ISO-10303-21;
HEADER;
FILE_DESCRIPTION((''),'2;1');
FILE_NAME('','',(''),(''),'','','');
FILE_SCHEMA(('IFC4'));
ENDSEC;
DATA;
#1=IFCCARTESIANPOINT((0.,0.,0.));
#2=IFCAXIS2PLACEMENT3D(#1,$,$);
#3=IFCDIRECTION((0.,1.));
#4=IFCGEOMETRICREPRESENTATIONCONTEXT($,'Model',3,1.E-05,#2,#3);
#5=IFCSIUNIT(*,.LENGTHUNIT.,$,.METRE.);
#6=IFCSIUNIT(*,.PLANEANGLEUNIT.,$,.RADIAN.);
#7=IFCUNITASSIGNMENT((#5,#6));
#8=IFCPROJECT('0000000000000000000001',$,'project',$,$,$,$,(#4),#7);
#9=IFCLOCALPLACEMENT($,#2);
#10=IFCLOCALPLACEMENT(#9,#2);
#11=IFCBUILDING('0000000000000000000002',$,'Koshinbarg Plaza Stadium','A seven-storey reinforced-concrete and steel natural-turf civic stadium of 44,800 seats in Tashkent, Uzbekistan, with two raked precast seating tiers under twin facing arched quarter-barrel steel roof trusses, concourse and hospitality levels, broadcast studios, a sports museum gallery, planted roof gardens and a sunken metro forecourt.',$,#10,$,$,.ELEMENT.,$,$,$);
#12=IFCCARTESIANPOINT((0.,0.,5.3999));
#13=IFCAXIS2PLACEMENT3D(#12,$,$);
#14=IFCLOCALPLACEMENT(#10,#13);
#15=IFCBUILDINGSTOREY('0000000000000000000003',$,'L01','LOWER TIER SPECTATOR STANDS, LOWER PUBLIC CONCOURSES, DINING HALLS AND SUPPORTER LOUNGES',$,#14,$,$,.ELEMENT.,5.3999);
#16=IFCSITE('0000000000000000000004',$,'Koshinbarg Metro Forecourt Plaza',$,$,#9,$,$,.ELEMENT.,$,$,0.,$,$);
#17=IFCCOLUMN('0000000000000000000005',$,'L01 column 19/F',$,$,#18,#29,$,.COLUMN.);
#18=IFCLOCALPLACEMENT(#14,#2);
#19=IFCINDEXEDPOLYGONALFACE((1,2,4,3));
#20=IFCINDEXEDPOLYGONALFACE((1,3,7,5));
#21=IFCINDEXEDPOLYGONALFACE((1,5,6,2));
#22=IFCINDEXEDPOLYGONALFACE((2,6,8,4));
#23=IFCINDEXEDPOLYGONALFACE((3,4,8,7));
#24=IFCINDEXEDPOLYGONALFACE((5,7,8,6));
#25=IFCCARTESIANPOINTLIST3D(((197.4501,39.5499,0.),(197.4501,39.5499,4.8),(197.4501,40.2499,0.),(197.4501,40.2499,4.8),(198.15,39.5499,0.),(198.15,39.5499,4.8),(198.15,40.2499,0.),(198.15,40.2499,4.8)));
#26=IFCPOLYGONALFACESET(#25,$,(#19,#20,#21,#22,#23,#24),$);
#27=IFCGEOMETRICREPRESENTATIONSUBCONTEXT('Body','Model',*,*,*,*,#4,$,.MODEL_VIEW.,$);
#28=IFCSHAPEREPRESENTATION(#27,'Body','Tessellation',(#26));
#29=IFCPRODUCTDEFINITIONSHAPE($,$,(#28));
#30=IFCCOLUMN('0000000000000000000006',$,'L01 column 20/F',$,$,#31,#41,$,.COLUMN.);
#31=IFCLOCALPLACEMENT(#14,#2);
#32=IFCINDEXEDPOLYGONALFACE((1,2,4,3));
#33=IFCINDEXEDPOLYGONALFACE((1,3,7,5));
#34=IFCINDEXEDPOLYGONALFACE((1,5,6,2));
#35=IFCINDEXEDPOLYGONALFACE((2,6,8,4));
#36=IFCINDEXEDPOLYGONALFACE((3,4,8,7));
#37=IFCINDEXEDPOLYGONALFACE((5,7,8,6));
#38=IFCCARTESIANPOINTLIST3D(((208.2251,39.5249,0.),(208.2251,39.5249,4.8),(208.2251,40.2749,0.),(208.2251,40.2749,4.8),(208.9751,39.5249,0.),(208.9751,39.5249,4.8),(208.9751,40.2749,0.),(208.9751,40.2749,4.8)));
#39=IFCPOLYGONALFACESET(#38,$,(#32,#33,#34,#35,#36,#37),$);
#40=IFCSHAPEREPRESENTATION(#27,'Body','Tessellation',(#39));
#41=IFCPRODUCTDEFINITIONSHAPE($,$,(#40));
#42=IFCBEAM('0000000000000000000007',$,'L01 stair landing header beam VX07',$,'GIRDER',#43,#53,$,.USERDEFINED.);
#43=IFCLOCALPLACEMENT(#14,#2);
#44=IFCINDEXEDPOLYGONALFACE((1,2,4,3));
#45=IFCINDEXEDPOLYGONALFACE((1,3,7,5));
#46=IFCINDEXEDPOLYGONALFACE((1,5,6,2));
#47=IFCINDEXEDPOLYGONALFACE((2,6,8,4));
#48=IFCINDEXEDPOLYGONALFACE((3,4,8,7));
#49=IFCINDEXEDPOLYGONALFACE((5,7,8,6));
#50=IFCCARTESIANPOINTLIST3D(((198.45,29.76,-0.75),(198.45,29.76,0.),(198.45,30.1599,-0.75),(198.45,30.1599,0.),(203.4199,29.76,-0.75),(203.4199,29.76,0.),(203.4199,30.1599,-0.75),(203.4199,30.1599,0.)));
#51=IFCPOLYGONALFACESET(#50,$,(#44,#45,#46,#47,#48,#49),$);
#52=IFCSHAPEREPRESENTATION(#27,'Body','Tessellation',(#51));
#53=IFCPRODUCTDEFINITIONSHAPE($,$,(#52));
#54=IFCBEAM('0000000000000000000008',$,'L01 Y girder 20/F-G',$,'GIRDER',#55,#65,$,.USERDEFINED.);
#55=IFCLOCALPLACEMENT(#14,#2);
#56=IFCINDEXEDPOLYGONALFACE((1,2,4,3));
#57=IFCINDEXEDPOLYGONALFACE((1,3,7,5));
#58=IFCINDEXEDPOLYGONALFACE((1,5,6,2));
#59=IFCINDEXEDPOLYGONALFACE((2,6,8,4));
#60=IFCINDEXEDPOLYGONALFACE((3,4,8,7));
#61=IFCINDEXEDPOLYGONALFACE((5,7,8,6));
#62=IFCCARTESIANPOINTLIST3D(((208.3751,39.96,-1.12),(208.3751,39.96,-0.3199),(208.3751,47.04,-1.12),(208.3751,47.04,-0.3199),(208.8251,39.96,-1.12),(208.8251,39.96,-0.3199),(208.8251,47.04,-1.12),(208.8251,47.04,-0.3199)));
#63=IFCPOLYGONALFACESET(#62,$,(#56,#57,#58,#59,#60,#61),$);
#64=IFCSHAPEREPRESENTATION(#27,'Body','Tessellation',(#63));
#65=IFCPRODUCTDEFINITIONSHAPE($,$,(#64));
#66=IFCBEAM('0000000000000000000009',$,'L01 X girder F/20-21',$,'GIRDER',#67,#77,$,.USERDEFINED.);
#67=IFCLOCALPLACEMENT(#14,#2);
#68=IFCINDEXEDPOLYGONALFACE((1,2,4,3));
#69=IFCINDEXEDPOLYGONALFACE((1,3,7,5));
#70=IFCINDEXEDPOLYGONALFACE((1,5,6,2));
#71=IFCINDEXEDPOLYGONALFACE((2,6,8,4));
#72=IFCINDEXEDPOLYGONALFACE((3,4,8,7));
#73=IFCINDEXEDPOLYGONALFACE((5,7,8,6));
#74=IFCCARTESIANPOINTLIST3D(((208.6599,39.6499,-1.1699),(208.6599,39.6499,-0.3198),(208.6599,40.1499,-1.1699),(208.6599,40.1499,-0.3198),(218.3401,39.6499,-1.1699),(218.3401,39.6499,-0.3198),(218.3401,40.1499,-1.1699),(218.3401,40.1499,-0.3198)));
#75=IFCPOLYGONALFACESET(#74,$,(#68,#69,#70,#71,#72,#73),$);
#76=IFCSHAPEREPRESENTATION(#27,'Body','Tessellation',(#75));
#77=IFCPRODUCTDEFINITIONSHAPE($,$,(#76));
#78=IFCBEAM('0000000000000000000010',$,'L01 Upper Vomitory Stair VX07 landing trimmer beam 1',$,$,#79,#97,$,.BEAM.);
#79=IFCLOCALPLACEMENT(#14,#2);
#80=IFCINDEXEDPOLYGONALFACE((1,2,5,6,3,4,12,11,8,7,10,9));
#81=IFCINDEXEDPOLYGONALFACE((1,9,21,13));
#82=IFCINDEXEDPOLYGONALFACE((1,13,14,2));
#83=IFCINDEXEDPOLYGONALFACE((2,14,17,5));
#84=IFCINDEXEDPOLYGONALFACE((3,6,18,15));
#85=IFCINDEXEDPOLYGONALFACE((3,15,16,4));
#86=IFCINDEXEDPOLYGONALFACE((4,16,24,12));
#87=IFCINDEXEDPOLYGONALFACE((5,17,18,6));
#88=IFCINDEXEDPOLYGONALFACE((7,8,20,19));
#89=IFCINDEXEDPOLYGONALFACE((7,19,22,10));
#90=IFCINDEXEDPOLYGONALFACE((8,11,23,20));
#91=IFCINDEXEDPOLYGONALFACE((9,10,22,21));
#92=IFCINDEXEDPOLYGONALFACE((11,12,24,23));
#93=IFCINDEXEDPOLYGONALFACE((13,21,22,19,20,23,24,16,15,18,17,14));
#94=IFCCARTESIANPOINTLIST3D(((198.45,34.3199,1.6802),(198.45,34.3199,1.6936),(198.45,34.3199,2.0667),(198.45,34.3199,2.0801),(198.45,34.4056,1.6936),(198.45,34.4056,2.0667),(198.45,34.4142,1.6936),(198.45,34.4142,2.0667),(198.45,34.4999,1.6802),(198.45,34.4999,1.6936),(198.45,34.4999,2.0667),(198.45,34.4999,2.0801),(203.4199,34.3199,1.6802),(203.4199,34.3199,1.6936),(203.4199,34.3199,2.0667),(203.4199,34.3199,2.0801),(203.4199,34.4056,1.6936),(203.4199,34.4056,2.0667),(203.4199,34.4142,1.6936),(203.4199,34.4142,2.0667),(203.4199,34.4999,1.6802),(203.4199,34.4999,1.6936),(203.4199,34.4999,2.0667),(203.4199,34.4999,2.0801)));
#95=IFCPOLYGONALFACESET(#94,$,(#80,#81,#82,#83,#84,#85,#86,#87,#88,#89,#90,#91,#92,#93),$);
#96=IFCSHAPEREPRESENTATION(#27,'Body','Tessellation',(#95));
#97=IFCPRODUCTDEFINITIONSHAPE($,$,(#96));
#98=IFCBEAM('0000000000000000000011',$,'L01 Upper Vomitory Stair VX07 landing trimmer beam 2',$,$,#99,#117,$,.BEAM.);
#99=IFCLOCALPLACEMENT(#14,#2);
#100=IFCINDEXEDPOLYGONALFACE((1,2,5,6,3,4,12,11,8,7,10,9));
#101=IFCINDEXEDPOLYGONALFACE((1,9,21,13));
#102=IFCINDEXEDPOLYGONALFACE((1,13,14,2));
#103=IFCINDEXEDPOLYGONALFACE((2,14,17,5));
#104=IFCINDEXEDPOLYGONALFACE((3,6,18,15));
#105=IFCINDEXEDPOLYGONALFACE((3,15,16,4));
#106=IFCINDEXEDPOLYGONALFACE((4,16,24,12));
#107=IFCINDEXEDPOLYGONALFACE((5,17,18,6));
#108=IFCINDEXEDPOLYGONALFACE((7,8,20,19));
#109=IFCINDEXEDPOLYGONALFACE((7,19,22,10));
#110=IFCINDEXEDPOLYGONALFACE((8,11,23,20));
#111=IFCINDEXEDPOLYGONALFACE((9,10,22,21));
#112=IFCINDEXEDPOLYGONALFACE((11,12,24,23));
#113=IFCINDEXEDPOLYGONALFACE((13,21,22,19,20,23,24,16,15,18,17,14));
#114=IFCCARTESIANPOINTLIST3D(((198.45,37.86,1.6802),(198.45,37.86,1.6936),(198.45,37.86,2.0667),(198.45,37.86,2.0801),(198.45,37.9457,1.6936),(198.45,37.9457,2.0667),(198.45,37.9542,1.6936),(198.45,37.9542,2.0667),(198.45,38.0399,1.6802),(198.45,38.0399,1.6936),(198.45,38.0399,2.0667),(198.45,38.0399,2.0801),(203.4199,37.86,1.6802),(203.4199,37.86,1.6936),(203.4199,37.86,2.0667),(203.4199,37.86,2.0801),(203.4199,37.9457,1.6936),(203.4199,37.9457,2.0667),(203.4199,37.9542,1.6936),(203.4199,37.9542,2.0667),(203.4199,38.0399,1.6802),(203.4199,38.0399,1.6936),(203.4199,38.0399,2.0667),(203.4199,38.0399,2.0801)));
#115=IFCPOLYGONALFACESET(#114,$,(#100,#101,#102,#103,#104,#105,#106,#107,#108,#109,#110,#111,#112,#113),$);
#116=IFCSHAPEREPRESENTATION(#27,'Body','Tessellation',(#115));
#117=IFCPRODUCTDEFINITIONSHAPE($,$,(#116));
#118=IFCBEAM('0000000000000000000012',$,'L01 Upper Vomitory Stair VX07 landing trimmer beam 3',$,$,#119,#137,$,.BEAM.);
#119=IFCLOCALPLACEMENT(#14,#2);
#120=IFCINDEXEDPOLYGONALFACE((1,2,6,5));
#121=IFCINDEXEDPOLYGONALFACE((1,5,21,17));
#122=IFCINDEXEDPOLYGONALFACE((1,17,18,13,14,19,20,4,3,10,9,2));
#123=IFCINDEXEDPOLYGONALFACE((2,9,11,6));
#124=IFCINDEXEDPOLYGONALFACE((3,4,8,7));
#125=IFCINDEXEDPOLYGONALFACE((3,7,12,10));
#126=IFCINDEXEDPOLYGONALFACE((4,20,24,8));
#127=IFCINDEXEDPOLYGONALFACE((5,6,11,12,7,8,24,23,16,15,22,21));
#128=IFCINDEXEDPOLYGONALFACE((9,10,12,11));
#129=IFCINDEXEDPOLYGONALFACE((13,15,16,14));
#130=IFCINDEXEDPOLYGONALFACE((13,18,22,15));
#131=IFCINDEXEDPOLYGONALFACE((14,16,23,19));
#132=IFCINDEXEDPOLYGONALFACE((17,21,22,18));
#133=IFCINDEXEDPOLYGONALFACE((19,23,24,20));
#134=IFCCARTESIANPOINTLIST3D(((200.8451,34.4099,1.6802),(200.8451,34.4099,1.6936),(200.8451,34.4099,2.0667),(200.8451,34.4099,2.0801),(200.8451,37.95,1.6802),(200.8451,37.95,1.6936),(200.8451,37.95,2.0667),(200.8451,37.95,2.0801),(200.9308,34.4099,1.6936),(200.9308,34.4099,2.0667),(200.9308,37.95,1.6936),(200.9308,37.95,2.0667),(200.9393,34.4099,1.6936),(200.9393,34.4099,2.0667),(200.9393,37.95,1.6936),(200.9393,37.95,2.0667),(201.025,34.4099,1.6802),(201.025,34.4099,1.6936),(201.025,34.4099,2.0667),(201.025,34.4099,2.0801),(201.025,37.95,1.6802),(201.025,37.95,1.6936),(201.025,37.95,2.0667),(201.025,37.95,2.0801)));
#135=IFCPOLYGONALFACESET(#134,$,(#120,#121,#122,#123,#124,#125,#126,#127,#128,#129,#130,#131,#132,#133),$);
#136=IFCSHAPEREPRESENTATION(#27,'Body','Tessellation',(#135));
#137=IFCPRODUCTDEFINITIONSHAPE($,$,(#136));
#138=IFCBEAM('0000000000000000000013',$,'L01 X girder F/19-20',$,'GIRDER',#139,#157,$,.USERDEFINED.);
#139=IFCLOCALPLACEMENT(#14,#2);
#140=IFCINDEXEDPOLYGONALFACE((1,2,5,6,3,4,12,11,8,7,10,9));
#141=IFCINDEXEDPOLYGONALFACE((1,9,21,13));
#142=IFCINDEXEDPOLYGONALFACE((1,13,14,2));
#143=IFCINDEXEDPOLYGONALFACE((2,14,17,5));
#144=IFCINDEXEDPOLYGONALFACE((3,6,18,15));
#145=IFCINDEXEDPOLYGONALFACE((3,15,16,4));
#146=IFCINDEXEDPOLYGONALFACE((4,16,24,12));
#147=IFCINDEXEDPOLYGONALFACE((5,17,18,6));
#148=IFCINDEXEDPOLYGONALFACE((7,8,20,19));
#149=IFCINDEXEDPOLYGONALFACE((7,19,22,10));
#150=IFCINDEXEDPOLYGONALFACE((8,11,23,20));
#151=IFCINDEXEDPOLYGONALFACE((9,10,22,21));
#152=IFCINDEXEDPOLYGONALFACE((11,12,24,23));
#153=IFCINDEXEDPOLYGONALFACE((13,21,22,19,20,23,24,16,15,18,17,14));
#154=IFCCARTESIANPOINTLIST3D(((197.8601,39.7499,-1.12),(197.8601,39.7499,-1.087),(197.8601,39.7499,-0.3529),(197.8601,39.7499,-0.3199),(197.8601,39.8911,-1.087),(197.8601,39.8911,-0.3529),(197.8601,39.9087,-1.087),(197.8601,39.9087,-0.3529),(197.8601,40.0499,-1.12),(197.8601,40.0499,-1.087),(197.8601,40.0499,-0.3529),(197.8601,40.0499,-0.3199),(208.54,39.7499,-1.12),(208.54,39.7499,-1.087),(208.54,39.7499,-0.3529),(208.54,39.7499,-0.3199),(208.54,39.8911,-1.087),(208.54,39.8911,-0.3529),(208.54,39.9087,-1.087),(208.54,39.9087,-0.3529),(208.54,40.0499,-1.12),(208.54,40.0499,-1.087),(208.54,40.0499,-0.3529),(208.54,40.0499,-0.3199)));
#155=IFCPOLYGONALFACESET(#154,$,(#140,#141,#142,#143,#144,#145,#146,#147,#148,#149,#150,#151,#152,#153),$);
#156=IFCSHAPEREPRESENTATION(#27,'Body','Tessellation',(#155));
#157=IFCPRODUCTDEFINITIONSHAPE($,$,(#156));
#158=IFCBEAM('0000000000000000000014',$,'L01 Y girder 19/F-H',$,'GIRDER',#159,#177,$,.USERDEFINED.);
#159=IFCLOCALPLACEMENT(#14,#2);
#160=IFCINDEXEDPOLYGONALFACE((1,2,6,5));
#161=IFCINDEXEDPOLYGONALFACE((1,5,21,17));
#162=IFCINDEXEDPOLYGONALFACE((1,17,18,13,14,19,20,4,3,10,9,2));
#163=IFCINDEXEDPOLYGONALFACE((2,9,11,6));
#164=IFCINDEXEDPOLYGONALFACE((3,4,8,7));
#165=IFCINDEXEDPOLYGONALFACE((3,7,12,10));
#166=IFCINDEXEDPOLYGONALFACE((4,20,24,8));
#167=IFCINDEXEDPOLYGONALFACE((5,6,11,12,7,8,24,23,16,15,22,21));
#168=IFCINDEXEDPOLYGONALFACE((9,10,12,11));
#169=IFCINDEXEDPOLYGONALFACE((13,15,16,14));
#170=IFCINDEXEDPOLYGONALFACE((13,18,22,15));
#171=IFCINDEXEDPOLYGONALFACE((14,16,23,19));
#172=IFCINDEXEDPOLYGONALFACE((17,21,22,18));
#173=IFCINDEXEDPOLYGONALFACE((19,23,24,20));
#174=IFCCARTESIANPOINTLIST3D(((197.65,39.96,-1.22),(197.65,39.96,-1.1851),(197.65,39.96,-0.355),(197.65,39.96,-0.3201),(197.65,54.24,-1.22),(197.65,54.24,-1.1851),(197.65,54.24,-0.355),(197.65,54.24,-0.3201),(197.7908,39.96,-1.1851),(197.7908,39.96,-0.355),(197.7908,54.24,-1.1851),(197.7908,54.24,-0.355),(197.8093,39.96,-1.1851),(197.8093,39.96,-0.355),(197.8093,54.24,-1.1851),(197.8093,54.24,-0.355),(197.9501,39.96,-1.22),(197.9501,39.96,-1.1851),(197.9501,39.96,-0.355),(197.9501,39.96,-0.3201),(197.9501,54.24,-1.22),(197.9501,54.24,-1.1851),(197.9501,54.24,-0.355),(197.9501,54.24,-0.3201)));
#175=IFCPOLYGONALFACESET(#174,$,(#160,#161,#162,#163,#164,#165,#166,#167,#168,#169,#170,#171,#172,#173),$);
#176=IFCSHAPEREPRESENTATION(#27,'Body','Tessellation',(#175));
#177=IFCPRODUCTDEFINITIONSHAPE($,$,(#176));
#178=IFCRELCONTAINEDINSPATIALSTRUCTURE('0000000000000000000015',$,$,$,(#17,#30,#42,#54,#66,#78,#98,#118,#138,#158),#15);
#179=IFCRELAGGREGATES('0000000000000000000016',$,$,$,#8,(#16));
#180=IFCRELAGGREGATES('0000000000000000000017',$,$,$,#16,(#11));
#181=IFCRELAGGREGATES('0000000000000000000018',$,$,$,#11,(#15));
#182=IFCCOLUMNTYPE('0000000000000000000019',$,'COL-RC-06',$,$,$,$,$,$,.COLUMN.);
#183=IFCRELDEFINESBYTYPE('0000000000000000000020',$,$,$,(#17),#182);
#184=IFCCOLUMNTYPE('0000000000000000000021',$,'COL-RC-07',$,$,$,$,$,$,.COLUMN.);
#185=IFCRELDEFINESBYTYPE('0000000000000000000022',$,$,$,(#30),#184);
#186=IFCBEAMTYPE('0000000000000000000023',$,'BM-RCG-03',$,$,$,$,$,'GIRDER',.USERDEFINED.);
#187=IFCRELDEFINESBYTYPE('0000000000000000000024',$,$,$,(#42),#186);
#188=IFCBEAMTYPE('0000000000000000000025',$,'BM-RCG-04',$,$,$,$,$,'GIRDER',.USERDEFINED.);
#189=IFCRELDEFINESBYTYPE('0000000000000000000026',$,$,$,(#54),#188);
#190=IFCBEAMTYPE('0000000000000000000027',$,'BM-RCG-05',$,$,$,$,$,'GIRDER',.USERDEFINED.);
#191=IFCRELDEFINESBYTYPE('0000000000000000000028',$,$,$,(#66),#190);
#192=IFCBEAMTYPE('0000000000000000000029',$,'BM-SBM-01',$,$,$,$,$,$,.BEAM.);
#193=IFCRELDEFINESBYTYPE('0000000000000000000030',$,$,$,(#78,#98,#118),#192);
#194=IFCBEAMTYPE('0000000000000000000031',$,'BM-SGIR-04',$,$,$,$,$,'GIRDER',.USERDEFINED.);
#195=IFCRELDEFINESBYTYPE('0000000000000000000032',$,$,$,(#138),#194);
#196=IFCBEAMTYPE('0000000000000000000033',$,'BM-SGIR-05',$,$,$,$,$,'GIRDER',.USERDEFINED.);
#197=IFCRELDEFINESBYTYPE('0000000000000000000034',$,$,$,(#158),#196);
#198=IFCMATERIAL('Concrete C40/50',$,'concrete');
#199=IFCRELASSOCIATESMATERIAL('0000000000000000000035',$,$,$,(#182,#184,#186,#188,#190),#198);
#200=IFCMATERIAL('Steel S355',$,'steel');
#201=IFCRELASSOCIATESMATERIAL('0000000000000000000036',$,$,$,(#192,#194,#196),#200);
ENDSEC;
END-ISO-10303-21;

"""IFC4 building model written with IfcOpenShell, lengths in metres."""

from ifc_helpers import new_model, si_unit, direction, frame, origin, origin_2d, place, context, subcontext, project, spatial, rectangle, i_section, extrude, material, material_profile, profile_set, type_object, element, save


model = new_model("IFC4")

# Units and contexts
model_context = context("Model", 3, precision=1e-05, world=origin(), true_north=direction((0.0, 1.0)))
body_context = subcontext(model_context, "Body", "Model", "MODEL_VIEW")
ifc_project = project(units=[si_unit("LENGTHUNIT", "METRE"), si_unit("PLANEANGLEUNIT", "RADIAN")], contexts=[model_context])

# Site, building, storey
site_placement = place(None, origin())
site = spatial("IfcSite", under=ifc_project, at=site_placement, Name="Koshinbarg Metro Forecourt Plaza", CompositionType="ELEMENT", RefElevation=0.0)
building_placement = place(site_placement, origin())
building = spatial("IfcBuilding", under=site, at=building_placement, Name="Koshinbarg Plaza Stadium", Description="A seven-storey reinforced-concrete and steel natural-turf civic stadium of 44,800 seats in Tashkent, Uzbekistan, with two raked precast seating tiers under twin facing arched quarter-barrel steel roof trusses, concourse and hospitality levels, broadcast studios, a sports museum gallery, planted roof gardens and a sunken metro forecourt.", CompositionType="ELEMENT")
storey_placement = place(building_placement, frame((0.0, 0.0, 5.3999)))
storey = spatial("IfcBuildingStorey", under=building, at=storey_placement, Name="L01", Description="LOWER TIER SPECTATOR STANDS, LOWER PUBLIC CONCOURSES, DINING HALLS AND SUPPORTER LOUNGES", CompositionType="ELEMENT", Elevation=5.3999)

# Columns
ifc_material_1 = material(Name="Concrete C40/50", Category="concrete")
ifc_material_profile_1 = material_profile(ifc_material_1, rectangle(XDim=0.7, YDim=0.7, at=origin_2d()), Name="RC 700x700")
ifc_profile_set_1 = profile_set([ifc_material_profile_1], Name="Concrete C40/50")
column_type_1 = type_object("IfcColumnType", Name="COL-RC-06", PredefinedType="COLUMN", material=ifc_profile_set_1)
column_1_placement = place(storey_placement, frame((197.8, 39.8999, 0.0), z_axis=(0.0, 0.0, 1.0), x_axis=(1.0, 0.0, 0.0)))
element("IfcColumn", 1, at=column_1_placement, inside=storey, type_object=column_type_1, Name="L01 column 19/F", PredefinedType="COLUMN", context=body_context, shape_type="SweptSolid", body=[
    extrude(rectangle(XDim=0.7, YDim=0.7, at=origin_2d()), origin(), (0.0, 0.0, 1.0), 4.8),
])
ifc_material_profile_2 = material_profile(ifc_material_1, rectangle(XDim=0.75, YDim=0.75, at=origin_2d()), Name="RC 750x750")
ifc_profile_set_2 = profile_set([ifc_material_profile_2], Name="Concrete C40/50")
column_type_2 = type_object("IfcColumnType", Name="COL-RC-07", PredefinedType="COLUMN", material=ifc_profile_set_2)
column_2_placement = place(storey_placement, frame((208.6001, 39.8999, 0.0), z_axis=(0.0, 0.0, 1.0), x_axis=(1.0, 0.0, 0.0)))
element("IfcColumn", 2, at=column_2_placement, inside=storey, type_object=column_type_2, Name="L01 column 20/F", PredefinedType="COLUMN", context=body_context, shape_type="SweptSolid", body=[
    extrude(rectangle(XDim=0.75, YDim=0.75, at=origin_2d()), origin(), (0.0, 0.0, 1.0), 4.8),
])

# Beams
ifc_material_profile_3 = material_profile(ifc_material_1, rectangle(XDim=0.3999, YDim=0.75, at=origin_2d()), Name="RC 400x750")
ifc_profile_set_3 = profile_set([ifc_material_profile_3], Name="Concrete C40/50")
beam_type_1 = type_object("IfcBeamType", Name="BM-RCG-03", ElementType="GIRDER", PredefinedType="USERDEFINED", material=ifc_profile_set_3)
beam_1_placement = place(storey_placement, frame((198.45, 29.96, -0.375), z_axis=(1.0, 0.0, 0.0), x_axis=(0.0, 1.0, 0.0)))
element("IfcBeam", 3, at=beam_1_placement, inside=storey, type_object=beam_type_1, Name="L01 stair landing header beam VX07", ObjectType="GIRDER", PredefinedType="USERDEFINED", context=body_context, shape_type="SweptSolid", body=[
    extrude(rectangle(XDim=0.3999, YDim=0.75, at=origin_2d()), origin(), (0.0, 0.0, 1.0), 4.97),
])
ifc_material_profile_4 = material_profile(ifc_material_1, rectangle(XDim=0.45, YDim=0.8, at=origin_2d()), Name="RC 450x800")
ifc_profile_set_4 = profile_set([ifc_material_profile_4], Name="Concrete C40/50")
beam_type_2 = type_object("IfcBeamType", Name="BM-RCG-04", ElementType="GIRDER", PredefinedType="USERDEFINED", material=ifc_profile_set_4)
beam_2_placement = place(storey_placement, frame((208.6001, 39.96, -0.72), z_axis=(0.0, 1.0, 0.0), x_axis=(-1.0, 0.0, 0.0)))
element("IfcBeam", 4, at=beam_2_placement, inside=storey, type_object=beam_type_2, Name="L01 Y girder 20/F-G", ObjectType="GIRDER", PredefinedType="USERDEFINED", context=body_context, shape_type="SweptSolid", body=[
    extrude(rectangle(XDim=0.45, YDim=0.8, at=origin_2d()), origin(), (0.0, 0.0, 1.0), 7.0801),
])
ifc_material_profile_5 = material_profile(ifc_material_1, rectangle(XDim=0.5, YDim=0.8501, at=origin_2d()), Name="RC 500x850")
ifc_profile_set_5 = profile_set([ifc_material_profile_5], Name="Concrete C40/50")
beam_type_3 = type_object("IfcBeamType", Name="BM-RCG-05", ElementType="GIRDER", PredefinedType="USERDEFINED", material=ifc_profile_set_5)
beam_3_placement = place(storey_placement, frame((208.6599, 39.8999, -0.7449), z_axis=(1.0, 0.0, 0.0), x_axis=(0.0, 1.0, 0.0)))
element("IfcBeam", 5, at=beam_3_placement, inside=storey, type_object=beam_type_3, Name="L01 X girder F/20-21", ObjectType="GIRDER", PredefinedType="USERDEFINED", context=body_context, shape_type="SweptSolid", body=[
    extrude(rectangle(XDim=0.5, YDim=0.8501, at=origin_2d()), origin(), (0.0, 0.0, 1.0), 9.6802),
])
ifc_material_2 = material(Name="Steel S355", Category="steel")
ifc_material_profile_6 = material_profile(ifc_material_2, i_section(OverallWidth=0.1799, OverallDepth=0.3999, WebThickness=0.0085, FlangeThickness=0.0134, at=origin_2d()), Name="IPE 400")
ifc_profile_set_6 = profile_set([ifc_material_profile_6], Name="Steel S355")
beam_type_4 = type_object("IfcBeamType", Name="BM-SBM-01", PredefinedType="BEAM", material=ifc_profile_set_6)
for number, where, z_axis, x_axis, name in (
    (6, (198.45, 34.4099, 1.8801), (1.0, 0.0, 0.0), (0.0, 1.0, 0.0), "L01 Upper Vomitory Stair VX07 landing trimmer beam 1"),
    (7, (198.45, 37.95, 1.8801), (1.0, 0.0, 0.0), (0.0, 1.0, 0.0), "L01 Upper Vomitory Stair VX07 landing trimmer beam 2"),
):
    element("IfcBeam", number, at=place(storey_placement, frame(where, z_axis=z_axis, x_axis=x_axis)), inside=storey, type_object=beam_type_4, Name=name, PredefinedType="BEAM", context=body_context, shape_type="SweptSolid", body=[
        extrude(i_section(OverallWidth=0.1799, OverallDepth=0.3999, WebThickness=0.0085, FlangeThickness=0.0134, at=origin_2d()), origin(), (0.0, 0.0, 1.0), 4.97),
    ])
beam_4_placement = place(storey_placement, frame((200.9351, 34.4099, 1.8801), z_axis=(0.0, 1.0, 0.0), x_axis=(-1.0, 0.0, 0.0)))
element("IfcBeam", 8, at=beam_4_placement, inside=storey, type_object=beam_type_4, Name="L01 Upper Vomitory Stair VX07 landing trimmer beam 3", PredefinedType="BEAM", context=body_context, shape_type="SweptSolid", body=[
    extrude(i_section(OverallWidth=0.1799, OverallDepth=0.3999, WebThickness=0.0085, FlangeThickness=0.0134, at=origin_2d()), origin(), (0.0, 0.0, 1.0), 3.54),
])
ifc_material_profile_7 = material_profile(ifc_material_2, i_section(OverallWidth=0.3, OverallDepth=0.8, WebThickness=0.0176, FlangeThickness=0.033, at=origin_2d()), Name="HEB 800")
ifc_profile_set_7 = profile_set([ifc_material_profile_7], Name="Steel S355")
beam_type_5 = type_object("IfcBeamType", Name="BM-SGIR-04", ElementType="GIRDER", PredefinedType="USERDEFINED", material=ifc_profile_set_7)
beam_5_placement = place(storey_placement, frame((197.8601, 39.8999, -0.72), z_axis=(1.0, 0.0, 0.0), x_axis=(0.0, 1.0, 0.0)))
element("IfcBeam", 9, at=beam_5_placement, inside=storey, type_object=beam_type_5, Name="L01 X girder F/19-20", ObjectType="GIRDER", PredefinedType="USERDEFINED", context=body_context, shape_type="SweptSolid", body=[
    extrude(i_section(OverallWidth=0.3, OverallDepth=0.8, WebThickness=0.0176, FlangeThickness=0.033, at=origin_2d()), origin(), (0.0, 0.0, 1.0), 10.6799),
])
ifc_material_profile_8 = material_profile(ifc_material_2, i_section(OverallWidth=0.3, OverallDepth=0.8999, WebThickness=0.0186, FlangeThickness=0.0349, at=origin_2d()), Name="HEB 900")
ifc_profile_set_8 = profile_set([ifc_material_profile_8], Name="Steel S355")
beam_type_6 = type_object("IfcBeamType", Name="BM-SGIR-05", ElementType="GIRDER", PredefinedType="USERDEFINED", material=ifc_profile_set_8)
beam_6_placement = place(storey_placement, frame((197.8, 39.96, -0.77), z_axis=(0.0, 1.0, 0.0), x_axis=(-1.0, 0.0, 0.0)))
element("IfcBeam", 10, at=beam_6_placement, inside=storey, type_object=beam_type_6, Name="L01 Y girder 19/F-H", ObjectType="GIRDER", PredefinedType="USERDEFINED", context=body_context, shape_type="SweptSolid", body=[
    extrude(i_section(OverallWidth=0.3, OverallDepth=0.8999, WebThickness=0.0186, FlangeThickness=0.0349, at=origin_2d()), origin(), (0.0, 0.0, 1.0), 14.28),
])

save(model, "model.ifc")
